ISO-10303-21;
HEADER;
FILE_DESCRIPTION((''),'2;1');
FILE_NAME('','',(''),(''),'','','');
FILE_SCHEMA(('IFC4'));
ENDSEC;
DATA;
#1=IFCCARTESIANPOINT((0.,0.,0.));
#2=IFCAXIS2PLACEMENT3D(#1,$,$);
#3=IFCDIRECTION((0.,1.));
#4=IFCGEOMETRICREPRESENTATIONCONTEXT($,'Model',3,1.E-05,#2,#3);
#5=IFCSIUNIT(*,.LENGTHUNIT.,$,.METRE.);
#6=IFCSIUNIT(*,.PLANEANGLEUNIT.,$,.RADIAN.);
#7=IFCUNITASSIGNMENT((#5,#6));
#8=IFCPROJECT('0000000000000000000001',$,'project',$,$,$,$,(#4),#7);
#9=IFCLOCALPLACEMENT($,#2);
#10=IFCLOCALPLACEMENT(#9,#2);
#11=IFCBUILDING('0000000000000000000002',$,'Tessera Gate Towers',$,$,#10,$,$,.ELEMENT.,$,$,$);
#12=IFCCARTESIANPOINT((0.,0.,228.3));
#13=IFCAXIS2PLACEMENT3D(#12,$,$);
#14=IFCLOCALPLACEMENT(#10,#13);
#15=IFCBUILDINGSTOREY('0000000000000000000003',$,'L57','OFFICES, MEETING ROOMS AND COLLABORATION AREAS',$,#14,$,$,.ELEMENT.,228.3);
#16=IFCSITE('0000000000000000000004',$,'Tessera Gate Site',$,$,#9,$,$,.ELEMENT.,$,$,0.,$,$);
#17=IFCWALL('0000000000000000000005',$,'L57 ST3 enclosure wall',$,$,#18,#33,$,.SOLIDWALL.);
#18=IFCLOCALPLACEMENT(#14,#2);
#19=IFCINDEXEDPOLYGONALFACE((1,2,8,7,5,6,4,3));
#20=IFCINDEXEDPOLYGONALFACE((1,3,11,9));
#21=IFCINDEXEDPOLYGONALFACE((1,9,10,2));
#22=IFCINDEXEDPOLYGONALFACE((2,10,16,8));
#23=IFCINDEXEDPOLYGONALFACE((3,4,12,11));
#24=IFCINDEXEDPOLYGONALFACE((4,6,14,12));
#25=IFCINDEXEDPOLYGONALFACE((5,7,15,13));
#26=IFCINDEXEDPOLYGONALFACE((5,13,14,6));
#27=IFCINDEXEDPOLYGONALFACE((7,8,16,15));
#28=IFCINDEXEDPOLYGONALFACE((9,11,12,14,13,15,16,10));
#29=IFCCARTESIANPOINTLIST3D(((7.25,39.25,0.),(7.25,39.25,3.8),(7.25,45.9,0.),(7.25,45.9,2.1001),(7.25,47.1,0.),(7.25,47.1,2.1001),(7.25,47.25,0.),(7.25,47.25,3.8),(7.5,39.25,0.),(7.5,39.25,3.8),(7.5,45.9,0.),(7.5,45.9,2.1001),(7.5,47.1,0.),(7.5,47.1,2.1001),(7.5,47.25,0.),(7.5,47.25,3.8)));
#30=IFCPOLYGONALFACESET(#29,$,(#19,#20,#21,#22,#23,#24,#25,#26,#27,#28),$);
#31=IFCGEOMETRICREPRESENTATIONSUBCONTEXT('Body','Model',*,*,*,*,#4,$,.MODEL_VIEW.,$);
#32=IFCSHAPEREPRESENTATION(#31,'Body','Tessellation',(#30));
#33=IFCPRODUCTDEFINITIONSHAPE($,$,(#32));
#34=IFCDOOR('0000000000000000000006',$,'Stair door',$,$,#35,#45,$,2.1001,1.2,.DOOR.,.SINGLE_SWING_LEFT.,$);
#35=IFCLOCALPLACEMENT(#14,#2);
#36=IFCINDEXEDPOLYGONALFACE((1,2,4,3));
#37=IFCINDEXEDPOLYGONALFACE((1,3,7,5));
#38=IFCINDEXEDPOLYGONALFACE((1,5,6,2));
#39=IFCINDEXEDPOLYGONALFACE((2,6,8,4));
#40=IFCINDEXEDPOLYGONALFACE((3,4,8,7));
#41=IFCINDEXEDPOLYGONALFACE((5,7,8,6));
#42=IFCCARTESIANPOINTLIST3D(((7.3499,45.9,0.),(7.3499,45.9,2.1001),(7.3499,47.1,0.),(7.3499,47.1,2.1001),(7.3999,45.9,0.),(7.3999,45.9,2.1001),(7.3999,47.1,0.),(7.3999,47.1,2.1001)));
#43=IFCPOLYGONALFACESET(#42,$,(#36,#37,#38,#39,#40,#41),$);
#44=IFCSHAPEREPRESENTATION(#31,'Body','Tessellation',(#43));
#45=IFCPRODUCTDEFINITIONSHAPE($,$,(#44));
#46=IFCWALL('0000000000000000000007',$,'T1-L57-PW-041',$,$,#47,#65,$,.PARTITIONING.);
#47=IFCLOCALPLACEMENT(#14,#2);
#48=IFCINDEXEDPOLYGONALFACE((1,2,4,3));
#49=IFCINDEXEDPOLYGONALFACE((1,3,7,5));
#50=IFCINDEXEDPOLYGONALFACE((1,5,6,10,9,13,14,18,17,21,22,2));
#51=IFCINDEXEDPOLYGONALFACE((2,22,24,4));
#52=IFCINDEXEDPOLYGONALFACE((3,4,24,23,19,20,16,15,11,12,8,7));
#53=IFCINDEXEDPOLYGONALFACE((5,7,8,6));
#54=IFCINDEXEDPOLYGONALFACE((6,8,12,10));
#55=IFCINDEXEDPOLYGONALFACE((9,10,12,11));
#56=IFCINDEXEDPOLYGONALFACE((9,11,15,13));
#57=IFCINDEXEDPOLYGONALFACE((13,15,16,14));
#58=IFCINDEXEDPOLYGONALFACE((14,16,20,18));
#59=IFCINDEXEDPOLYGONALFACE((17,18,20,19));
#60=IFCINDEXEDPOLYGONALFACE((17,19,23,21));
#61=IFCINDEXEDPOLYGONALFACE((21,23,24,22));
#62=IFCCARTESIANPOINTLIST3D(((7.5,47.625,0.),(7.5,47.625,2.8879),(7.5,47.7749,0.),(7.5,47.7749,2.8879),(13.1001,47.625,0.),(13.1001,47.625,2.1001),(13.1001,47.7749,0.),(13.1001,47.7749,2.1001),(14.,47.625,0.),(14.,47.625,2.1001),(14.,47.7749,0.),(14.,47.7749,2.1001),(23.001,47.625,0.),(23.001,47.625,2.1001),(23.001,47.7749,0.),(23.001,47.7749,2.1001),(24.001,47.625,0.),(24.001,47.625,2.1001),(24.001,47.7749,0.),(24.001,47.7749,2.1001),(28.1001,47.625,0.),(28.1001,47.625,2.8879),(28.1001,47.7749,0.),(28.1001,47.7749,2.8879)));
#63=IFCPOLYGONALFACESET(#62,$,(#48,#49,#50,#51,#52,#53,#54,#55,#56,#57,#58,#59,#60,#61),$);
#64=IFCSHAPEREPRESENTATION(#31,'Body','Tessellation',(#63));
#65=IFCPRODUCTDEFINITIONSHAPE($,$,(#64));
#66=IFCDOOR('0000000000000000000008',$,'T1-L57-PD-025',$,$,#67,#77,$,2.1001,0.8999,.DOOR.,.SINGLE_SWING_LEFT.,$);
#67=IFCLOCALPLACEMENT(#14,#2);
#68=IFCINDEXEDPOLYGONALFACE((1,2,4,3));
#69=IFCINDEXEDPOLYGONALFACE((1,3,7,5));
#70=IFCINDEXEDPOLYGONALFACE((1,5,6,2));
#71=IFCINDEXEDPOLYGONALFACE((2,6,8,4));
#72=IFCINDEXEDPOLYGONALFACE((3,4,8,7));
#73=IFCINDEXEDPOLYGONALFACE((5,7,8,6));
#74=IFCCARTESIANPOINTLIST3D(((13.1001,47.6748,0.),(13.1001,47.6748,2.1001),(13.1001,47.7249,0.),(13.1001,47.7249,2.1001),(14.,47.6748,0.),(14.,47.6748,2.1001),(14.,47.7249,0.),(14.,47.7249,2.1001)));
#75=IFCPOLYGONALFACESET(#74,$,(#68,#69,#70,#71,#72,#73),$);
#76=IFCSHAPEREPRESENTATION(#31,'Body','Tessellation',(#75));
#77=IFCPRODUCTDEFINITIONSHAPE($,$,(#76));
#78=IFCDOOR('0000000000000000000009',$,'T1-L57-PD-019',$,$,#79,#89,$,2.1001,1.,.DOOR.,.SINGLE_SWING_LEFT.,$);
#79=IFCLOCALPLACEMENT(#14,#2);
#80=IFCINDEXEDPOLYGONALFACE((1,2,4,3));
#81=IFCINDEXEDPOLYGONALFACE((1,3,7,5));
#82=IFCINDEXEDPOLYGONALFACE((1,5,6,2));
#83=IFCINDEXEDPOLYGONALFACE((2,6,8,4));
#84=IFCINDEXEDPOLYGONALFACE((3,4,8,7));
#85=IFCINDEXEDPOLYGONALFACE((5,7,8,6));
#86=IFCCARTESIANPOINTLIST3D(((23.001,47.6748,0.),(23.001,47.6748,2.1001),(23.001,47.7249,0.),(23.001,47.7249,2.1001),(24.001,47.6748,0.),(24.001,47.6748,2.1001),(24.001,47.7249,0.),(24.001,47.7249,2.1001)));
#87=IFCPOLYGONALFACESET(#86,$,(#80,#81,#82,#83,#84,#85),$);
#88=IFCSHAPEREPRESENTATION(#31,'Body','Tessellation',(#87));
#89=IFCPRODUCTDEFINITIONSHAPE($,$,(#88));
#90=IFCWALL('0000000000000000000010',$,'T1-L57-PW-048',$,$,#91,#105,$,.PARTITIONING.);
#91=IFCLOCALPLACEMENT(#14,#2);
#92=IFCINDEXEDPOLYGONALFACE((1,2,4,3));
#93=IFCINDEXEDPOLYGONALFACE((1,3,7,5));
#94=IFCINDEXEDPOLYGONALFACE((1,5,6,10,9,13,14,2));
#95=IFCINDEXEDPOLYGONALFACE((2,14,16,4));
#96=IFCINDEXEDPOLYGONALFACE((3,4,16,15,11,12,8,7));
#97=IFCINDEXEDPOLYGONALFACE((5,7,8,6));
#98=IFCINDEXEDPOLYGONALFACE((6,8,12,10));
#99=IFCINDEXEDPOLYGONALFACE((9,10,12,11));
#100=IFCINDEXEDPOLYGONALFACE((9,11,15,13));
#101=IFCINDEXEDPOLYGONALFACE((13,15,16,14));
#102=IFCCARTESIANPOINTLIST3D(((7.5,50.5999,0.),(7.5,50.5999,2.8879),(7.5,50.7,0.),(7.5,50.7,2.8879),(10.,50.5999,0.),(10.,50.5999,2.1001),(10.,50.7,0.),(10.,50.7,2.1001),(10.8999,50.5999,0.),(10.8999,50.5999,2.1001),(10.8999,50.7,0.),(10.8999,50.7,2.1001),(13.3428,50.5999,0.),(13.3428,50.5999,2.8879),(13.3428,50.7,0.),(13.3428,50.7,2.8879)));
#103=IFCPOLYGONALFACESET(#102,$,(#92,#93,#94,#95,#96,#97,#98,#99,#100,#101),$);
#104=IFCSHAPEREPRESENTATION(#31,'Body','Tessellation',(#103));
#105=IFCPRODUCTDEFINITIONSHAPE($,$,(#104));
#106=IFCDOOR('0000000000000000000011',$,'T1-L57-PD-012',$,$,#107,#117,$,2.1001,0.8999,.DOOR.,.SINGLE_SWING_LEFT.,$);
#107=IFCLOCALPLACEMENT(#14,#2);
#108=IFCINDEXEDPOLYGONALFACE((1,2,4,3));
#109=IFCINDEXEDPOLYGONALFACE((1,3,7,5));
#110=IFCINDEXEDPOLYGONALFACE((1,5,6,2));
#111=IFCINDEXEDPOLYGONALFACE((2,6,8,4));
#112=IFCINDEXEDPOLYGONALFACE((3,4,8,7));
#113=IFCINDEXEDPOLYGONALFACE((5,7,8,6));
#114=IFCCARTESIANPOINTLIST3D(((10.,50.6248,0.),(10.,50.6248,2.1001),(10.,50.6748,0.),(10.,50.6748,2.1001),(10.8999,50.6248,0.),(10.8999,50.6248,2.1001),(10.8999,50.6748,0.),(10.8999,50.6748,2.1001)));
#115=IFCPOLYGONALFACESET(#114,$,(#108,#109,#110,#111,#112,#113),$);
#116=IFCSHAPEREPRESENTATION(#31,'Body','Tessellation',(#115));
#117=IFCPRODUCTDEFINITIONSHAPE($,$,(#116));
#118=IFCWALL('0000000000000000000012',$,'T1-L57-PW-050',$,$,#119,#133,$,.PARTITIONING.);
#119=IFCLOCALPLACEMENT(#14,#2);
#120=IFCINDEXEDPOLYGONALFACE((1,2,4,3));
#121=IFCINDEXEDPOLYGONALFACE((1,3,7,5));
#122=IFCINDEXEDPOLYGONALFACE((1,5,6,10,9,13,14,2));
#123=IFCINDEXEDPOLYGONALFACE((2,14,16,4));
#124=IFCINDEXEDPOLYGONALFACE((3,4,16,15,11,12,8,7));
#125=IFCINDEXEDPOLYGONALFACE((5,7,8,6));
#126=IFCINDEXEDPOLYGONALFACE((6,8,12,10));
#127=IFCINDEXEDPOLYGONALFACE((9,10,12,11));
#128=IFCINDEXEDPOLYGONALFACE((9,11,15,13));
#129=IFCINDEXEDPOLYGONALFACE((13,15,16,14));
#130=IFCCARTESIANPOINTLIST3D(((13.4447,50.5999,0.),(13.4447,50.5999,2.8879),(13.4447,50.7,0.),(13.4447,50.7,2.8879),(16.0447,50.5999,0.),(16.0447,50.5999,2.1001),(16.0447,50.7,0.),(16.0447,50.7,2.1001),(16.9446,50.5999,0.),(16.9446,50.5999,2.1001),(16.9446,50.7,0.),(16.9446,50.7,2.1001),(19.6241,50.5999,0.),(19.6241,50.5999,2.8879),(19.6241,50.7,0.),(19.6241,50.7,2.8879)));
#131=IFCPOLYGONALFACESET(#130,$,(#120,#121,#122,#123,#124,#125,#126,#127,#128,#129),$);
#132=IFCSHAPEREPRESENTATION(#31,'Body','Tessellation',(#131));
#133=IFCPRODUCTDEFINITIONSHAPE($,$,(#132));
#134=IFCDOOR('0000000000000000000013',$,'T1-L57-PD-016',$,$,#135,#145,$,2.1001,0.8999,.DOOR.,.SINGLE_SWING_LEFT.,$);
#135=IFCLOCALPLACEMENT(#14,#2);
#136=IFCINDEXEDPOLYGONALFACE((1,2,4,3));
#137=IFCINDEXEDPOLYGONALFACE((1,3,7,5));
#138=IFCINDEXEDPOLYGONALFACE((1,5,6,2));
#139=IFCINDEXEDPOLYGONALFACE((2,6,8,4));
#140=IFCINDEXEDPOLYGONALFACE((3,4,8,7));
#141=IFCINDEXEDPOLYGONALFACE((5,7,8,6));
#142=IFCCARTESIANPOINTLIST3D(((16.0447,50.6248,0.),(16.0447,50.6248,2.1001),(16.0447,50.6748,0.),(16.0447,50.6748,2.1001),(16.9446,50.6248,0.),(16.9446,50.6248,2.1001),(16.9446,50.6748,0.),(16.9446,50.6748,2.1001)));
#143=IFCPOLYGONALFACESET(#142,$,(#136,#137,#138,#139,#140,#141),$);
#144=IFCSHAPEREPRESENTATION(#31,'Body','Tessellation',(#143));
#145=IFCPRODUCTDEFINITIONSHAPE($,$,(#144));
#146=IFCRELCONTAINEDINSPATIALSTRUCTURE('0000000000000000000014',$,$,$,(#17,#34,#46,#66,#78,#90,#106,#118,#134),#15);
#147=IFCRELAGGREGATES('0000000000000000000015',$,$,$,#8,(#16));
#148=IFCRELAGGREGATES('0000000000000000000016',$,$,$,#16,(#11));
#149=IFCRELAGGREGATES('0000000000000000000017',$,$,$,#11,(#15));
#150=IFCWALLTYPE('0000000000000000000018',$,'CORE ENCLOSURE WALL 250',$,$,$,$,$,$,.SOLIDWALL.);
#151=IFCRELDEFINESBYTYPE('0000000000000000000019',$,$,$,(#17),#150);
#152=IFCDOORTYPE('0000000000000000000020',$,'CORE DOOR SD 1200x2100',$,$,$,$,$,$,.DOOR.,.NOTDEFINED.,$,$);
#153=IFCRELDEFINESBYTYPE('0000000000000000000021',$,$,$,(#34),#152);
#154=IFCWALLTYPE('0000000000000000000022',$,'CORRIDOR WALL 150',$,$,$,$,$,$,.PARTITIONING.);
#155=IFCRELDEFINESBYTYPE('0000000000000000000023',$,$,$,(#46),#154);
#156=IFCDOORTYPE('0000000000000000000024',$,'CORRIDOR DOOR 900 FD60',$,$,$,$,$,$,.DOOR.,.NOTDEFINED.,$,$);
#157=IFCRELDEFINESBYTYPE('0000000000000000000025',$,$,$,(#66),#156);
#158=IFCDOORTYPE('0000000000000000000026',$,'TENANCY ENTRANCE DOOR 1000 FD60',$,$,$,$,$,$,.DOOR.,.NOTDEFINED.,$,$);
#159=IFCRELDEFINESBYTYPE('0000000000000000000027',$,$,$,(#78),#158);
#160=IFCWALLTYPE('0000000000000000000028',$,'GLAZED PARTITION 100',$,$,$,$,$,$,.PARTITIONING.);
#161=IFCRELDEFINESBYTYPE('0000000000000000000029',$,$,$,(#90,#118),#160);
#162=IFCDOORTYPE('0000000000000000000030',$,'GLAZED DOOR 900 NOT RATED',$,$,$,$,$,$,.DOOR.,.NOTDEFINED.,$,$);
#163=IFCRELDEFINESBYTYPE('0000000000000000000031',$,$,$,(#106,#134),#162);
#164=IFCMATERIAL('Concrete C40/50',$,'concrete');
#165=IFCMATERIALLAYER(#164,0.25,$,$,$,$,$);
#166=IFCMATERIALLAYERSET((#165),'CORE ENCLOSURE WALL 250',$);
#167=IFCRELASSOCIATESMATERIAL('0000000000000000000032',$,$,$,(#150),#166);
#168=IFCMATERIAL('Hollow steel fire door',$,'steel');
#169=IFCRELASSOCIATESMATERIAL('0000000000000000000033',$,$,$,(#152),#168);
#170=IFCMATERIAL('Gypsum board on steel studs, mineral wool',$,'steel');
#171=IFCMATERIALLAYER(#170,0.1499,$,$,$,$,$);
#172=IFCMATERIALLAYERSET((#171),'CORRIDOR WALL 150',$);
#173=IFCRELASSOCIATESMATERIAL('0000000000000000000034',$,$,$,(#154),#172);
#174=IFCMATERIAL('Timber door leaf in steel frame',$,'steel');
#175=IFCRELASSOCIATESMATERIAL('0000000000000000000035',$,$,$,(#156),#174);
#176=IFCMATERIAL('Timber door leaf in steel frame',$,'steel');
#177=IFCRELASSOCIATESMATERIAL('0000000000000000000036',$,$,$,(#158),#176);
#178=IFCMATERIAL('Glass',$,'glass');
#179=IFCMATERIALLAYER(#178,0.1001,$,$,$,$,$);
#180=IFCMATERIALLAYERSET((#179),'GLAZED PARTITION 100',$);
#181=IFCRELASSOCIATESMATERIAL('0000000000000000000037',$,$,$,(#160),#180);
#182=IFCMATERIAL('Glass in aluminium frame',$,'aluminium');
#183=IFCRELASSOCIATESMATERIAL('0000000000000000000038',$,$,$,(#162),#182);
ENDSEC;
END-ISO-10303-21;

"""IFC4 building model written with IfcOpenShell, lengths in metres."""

from ifc_helpers import new_model, si_unit, direction, frame, frame_2d, origin, place, context, subcontext, project, spatial, rectangle, extrude, source, transform, mapped, material, layer, layer_set, type_object, element, fill, save


model = new_model("IFC4")

# Units and contexts
model_context = context("Model", 3, precision=1e-05, world=origin(), true_north=direction((0.0, 1.0)))
body_context = subcontext(model_context, "Body", "Model", "MODEL_VIEW")
ifc_project = project(units=[si_unit("LENGTHUNIT", "METRE"), si_unit("PLANEANGLEUNIT", "RADIAN")], contexts=[model_context])

# Site, building, storey
site_placement = place(None, origin())
site = spatial("IfcSite", under=ifc_project, at=site_placement, Name="Tessera Gate Site", CompositionType="ELEMENT", RefElevation=0.0)
building_placement = place(site_placement, origin())
building = spatial("IfcBuilding", under=site, at=building_placement, Name="Tessera Gate Towers", CompositionType="ELEMENT")
storey_placement = place(building_placement, frame((0.0, 0.0, 228.3)))
storey = spatial("IfcBuildingStorey", under=building, at=storey_placement, Name="L57", Description="OFFICES, MEETING ROOMS AND COLLABORATION AREAS", CompositionType="ELEMENT", Elevation=228.3)

# Shared definitions
ifc_material_1 = material(Name="Concrete C40/50", Category="concrete")
ifc_layer_1 = layer(ifc_material_1, 0.25)
ifc_layer_set_1 = layer_set([ifc_layer_1], Name="CORE ENCLOSURE WALL 250")
wall_type_1 = type_object("IfcWallType", Name="CORE ENCLOSURE WALL 250", PredefinedType="SOLIDWALL", material=ifc_layer_set_1)

# Wall, opening, door
wall_1_placement = place(storey_placement, frame((7.375, 47.25, 0.0), z_axis=(0.0, 0.0, 1.0), x_axis=(0.0, -1.0, 0.0)))
wall_1 = element("IfcWall", 1, at=wall_1_placement, inside=storey, type_object=wall_type_1, Name="L57 ST3 enclosure wall", PredefinedType="SOLIDWALL", context=body_context, shape_type="SweptSolid", body=[
    extrude(rectangle(XDim=8.0, YDim=0.25, at=frame_2d((4.0, 0.0))), origin(), (0.0, 0.0, 1.0), 3.8),
])
shared_shape_1 = source(origin(), body_context, "Body", "SweptSolid", [
    extrude(rectangle(XDim=1.2, YDim=2.1001, at=frame_2d((0.6001, 1.05))), frame((0.0, 0.135, 0.0), z_axis=(0.0, -1.0, 0.0), x_axis=(1.0, 0.0, 0.0)), (0.0, 0.0, 1.0), 0.27),
])
opening_1_placement = place(wall_1_placement, frame((0.1499, 0.0, 0.0)))
opening_1 = element("IfcOpeningElement", 2, at=opening_1_placement, cuts=wall_1, PredefinedType="OPENING", context=body_context, shape_type="MappedRepresentation", body=[
    mapped(shared_shape_1, transform((0.0, 0.0, 0.0), scale=1.0)),
])
ifc_material_2 = material(Name="Hollow steel fire door", Category="steel")
door_type_1 = type_object("IfcDoorType", Name="CORE DOOR SD 1200x2100", OperationType="NOTDEFINED", PredefinedType="DOOR", material=ifc_material_2)
shared_shape_2 = source(origin(), body_context, "Body", "SweptSolid", [
    extrude(rectangle(XDim=1.2, YDim=2.1001, at=frame_2d((0.6001, 1.05))), frame((0.0, 0.0249, 0.0), z_axis=(0.0, -1.0, 0.0), x_axis=(1.0, 0.0, 0.0)), (0.0, 0.0, 1.0), 0.05),
])
door_1_placement = place(opening_1_placement, origin())
door_1 = element("IfcDoor", 3, at=door_1_placement, inside=storey, type_object=door_type_1, Name="Stair door", OperationType="SINGLE_SWING_LEFT", OverallHeight=2.1001, OverallWidth=1.2, PredefinedType="DOOR", context=body_context, shape_type="MappedRepresentation", body=[
    mapped(shared_shape_2, transform((0.0, 0.0, 0.0), scale=1.0)),
])
fill(opening_1, door_1)

# Wall, openings, doors
ifc_material_3 = material(Name="Gypsum board on steel studs, mineral wool", Category="steel")
ifc_layer_2 = layer(ifc_material_3, 0.1499)
ifc_layer_set_2 = layer_set([ifc_layer_2], Name="CORRIDOR WALL 150")
wall_type_2 = type_object("IfcWallType", Name="CORRIDOR WALL 150", PredefinedType="PARTITIONING", material=ifc_layer_set_2)
wall_2_placement = place(storey_placement, frame((7.5, 47.7, 0.0), z_axis=(0.0, 0.0, 1.0), x_axis=(1.0, 0.0, 0.0)))
wall_2 = element("IfcWall", 4, at=wall_2_placement, inside=storey, type_object=wall_type_2, Name="T1-L57-PW-041", PredefinedType="PARTITIONING", context=body_context, shape_type="SweptSolid", body=[
    extrude(rectangle(XDim=20.6001, YDim=0.1499, at=frame_2d((10.3, 0.0))), origin(), (0.0, 0.0, 1.0), 2.8879),
])
shared_shape_3 = source(origin(), body_context, "Body", "SweptSolid", [
    extrude(rectangle(XDim=1.0, YDim=2.1001, at=frame_2d((0.5, 1.05))), frame((0.0, 0.085, 0.0), z_axis=(0.0, -1.0, 0.0), x_axis=(1.0, 0.0, 0.0)), (0.0, 0.0, 1.0), 0.1699),
])
opening_2_placement = place(wall_2_placement, frame((15.501, 0.0, 0.0)))
opening_2 = element("IfcOpeningElement", 5, at=opening_2_placement, cuts=wall_2, PredefinedType="OPENING", context=body_context, shape_type="MappedRepresentation", body=[
    mapped(shared_shape_3, transform((0.0, 0.0, 0.0), scale=1.0)),
])
shared_shape_4 = source(origin(), body_context, "Body", "SweptSolid", [
    extrude(rectangle(XDim=0.8999, YDim=2.1001, at=frame_2d((0.45, 1.05))), frame((0.0, 0.085, 0.0), z_axis=(0.0, -1.0, 0.0), x_axis=(1.0, 0.0, 0.0)), (0.0, 0.0, 1.0), 0.1699),
])
opening_3_placement = place(wall_2_placement, frame((5.6001, 0.0, 0.0)))
opening_3 = element("IfcOpeningElement", 6, at=opening_3_placement, cuts=wall_2, PredefinedType="OPENING", context=body_context, shape_type="MappedRepresentation", body=[
    mapped(shared_shape_4, transform((0.0, 0.0, 0.0), scale=1.0)),
])
ifc_material_4 = material(Name="Timber door leaf in steel frame", Category="steel")
door_type_2 = type_object("IfcDoorType", Name="CORRIDOR DOOR 900 FD60", OperationType="NOTDEFINED", PredefinedType="DOOR", material=ifc_material_4)
shared_shape_5 = source(origin(), body_context, "Body", "SweptSolid", [
    extrude(rectangle(XDim=0.8999, YDim=2.1001, at=frame_2d((0.45, 1.05))), frame((0.0, 0.0249, 0.0), z_axis=(0.0, -1.0, 0.0), x_axis=(1.0, 0.0, 0.0)), (0.0, 0.0, 1.0), 0.05),
])
door_2_placement = place(opening_3_placement, origin())
door_2 = element("IfcDoor", 7, at=door_2_placement, inside=storey, type_object=door_type_2, Name="T1-L57-PD-025", OperationType="SINGLE_SWING_LEFT", OverallHeight=2.1001, OverallWidth=0.8999, PredefinedType="DOOR", context=body_context, shape_type="MappedRepresentation", body=[
    mapped(shared_shape_5, transform((0.0, 0.0, 0.0), scale=1.0)),
])
fill(opening_3, door_2)
ifc_material_5 = material(Name="Timber door leaf in steel frame", Category="steel")
door_type_3 = type_object("IfcDoorType", Name="TENANCY ENTRANCE DOOR 1000 FD60", OperationType="NOTDEFINED", PredefinedType="DOOR", material=ifc_material_5)
shared_shape_6 = source(origin(), body_context, "Body", "SweptSolid", [
    extrude(rectangle(XDim=1.0, YDim=2.1001, at=frame_2d((0.5, 1.05))), frame((0.0, 0.0249, 0.0), z_axis=(0.0, -1.0, 0.0), x_axis=(1.0, 0.0, 0.0)), (0.0, 0.0, 1.0), 0.05),
])
door_3_placement = place(opening_2_placement, origin())
door_3 = element("IfcDoor", 8, at=door_3_placement, inside=storey, type_object=door_type_3, Name="T1-L57-PD-019", OperationType="SINGLE_SWING_LEFT", OverallHeight=2.1001, OverallWidth=1.0, PredefinedType="DOOR", context=body_context, shape_type="MappedRepresentation", body=[
    mapped(shared_shape_6, transform((0.0, 0.0, 0.0), scale=1.0)),
])
fill(opening_2, door_3)

# Walls, openings, doors
ifc_material_6 = material(Name="Glass", Category="glass")
ifc_layer_3 = layer(ifc_material_6, 0.1001)
ifc_layer_set_3 = layer_set([ifc_layer_3], Name="GLAZED PARTITION 100")
wall_type_3 = type_object("IfcWallType", Name="GLAZED PARTITION 100", PredefinedType="PARTITIONING", material=ifc_layer_set_3)
wall_3_placement = place(storey_placement, frame((7.5, 50.6499, 0.0), z_axis=(0.0, 0.0, 1.0), x_axis=(1.0, 0.0, 0.0)))
wall_3 = element("IfcWall", 9, at=wall_3_placement, inside=storey, type_object=wall_type_3, Name="T1-L57-PW-048", PredefinedType="PARTITIONING", context=body_context, shape_type="SweptSolid", body=[
    extrude(rectangle(XDim=5.8428, YDim=0.1001, at=frame_2d((2.9214, 0.0))), origin(), (0.0, 0.0, 1.0), 2.8879),
])
shared_shape_7 = source(origin(), body_context, "Body", "SweptSolid", [
    extrude(rectangle(XDim=0.8999, YDim=2.1001, at=frame_2d((0.45, 1.05))), frame((0.0, 0.0601, 0.0), z_axis=(0.0, -1.0, 0.0), x_axis=(1.0, 0.0, 0.0)), (0.0, 0.0, 1.0), 0.1201),
])
opening_4_placement = place(wall_3_placement, frame((2.5, 0.0, 0.0)))
opening_4 = element("IfcOpeningElement", 10, at=opening_4_placement, cuts=wall_3, PredefinedType="OPENING", context=body_context, shape_type="MappedRepresentation", body=[
    mapped(shared_shape_7, transform((0.0, 0.0, 0.0), scale=1.0)),
])
ifc_material_7 = material(Name="Glass in aluminium frame", Category="aluminium")
door_type_4 = type_object("IfcDoorType", Name="GLAZED DOOR 900 NOT RATED", OperationType="NOTDEFINED", PredefinedType="DOOR", material=ifc_material_7)
door_4_placement = place(opening_4_placement, origin())
door_4 = element("IfcDoor", 11, at=door_4_placement, inside=storey, type_object=door_type_4, Name="T1-L57-PD-012", OperationType="SINGLE_SWING_LEFT", OverallHeight=2.1001, OverallWidth=0.8999, PredefinedType="DOOR", context=body_context, shape_type="MappedRepresentation", body=[
    mapped(shared_shape_5, transform((0.0, 0.0, 0.0), scale=1.0)),
])
fill(opening_4, door_4)
wall_4_placement = place(storey_placement, frame((13.4446, 50.6499, 0.0), z_axis=(0.0, 0.0, 1.0), x_axis=(1.0, 0.0, 0.0)))
wall_4 = element("IfcWall", 12, at=wall_4_placement, inside=storey, type_object=wall_type_3, Name="T1-L57-PW-050", PredefinedType="PARTITIONING", context=body_context, shape_type="SweptSolid", body=[
    extrude(rectangle(XDim=6.1794, YDim=0.1001, at=frame_2d((3.0898, 0.0))), origin(), (0.0, 0.0, 1.0), 2.8879),
])
opening_5_placement = place(wall_4_placement, frame((2.6001, 0.0, 0.0)))
opening_5 = element("IfcOpeningElement", 13, at=opening_5_placement, cuts=wall_4, PredefinedType="OPENING", context=body_context, shape_type="MappedRepresentation", body=[
    mapped(shared_shape_7, transform((0.0, 0.0, 0.0), scale=1.0)),
])
door_5_placement = place(opening_5_placement, origin())
door_5 = element("IfcDoor", 14, at=door_5_placement, inside=storey, type_object=door_type_4, Name="T1-L57-PD-016", OperationType="SINGLE_SWING_LEFT", OverallHeight=2.1001, OverallWidth=0.8999, PredefinedType="DOOR", context=body_context, shape_type="MappedRepresentation", body=[
    mapped(shared_shape_5, transform((0.0, 0.0, 0.0), scale=1.0)),
])
fill(opening_5, door_5)

save(model, "model.ifc")
